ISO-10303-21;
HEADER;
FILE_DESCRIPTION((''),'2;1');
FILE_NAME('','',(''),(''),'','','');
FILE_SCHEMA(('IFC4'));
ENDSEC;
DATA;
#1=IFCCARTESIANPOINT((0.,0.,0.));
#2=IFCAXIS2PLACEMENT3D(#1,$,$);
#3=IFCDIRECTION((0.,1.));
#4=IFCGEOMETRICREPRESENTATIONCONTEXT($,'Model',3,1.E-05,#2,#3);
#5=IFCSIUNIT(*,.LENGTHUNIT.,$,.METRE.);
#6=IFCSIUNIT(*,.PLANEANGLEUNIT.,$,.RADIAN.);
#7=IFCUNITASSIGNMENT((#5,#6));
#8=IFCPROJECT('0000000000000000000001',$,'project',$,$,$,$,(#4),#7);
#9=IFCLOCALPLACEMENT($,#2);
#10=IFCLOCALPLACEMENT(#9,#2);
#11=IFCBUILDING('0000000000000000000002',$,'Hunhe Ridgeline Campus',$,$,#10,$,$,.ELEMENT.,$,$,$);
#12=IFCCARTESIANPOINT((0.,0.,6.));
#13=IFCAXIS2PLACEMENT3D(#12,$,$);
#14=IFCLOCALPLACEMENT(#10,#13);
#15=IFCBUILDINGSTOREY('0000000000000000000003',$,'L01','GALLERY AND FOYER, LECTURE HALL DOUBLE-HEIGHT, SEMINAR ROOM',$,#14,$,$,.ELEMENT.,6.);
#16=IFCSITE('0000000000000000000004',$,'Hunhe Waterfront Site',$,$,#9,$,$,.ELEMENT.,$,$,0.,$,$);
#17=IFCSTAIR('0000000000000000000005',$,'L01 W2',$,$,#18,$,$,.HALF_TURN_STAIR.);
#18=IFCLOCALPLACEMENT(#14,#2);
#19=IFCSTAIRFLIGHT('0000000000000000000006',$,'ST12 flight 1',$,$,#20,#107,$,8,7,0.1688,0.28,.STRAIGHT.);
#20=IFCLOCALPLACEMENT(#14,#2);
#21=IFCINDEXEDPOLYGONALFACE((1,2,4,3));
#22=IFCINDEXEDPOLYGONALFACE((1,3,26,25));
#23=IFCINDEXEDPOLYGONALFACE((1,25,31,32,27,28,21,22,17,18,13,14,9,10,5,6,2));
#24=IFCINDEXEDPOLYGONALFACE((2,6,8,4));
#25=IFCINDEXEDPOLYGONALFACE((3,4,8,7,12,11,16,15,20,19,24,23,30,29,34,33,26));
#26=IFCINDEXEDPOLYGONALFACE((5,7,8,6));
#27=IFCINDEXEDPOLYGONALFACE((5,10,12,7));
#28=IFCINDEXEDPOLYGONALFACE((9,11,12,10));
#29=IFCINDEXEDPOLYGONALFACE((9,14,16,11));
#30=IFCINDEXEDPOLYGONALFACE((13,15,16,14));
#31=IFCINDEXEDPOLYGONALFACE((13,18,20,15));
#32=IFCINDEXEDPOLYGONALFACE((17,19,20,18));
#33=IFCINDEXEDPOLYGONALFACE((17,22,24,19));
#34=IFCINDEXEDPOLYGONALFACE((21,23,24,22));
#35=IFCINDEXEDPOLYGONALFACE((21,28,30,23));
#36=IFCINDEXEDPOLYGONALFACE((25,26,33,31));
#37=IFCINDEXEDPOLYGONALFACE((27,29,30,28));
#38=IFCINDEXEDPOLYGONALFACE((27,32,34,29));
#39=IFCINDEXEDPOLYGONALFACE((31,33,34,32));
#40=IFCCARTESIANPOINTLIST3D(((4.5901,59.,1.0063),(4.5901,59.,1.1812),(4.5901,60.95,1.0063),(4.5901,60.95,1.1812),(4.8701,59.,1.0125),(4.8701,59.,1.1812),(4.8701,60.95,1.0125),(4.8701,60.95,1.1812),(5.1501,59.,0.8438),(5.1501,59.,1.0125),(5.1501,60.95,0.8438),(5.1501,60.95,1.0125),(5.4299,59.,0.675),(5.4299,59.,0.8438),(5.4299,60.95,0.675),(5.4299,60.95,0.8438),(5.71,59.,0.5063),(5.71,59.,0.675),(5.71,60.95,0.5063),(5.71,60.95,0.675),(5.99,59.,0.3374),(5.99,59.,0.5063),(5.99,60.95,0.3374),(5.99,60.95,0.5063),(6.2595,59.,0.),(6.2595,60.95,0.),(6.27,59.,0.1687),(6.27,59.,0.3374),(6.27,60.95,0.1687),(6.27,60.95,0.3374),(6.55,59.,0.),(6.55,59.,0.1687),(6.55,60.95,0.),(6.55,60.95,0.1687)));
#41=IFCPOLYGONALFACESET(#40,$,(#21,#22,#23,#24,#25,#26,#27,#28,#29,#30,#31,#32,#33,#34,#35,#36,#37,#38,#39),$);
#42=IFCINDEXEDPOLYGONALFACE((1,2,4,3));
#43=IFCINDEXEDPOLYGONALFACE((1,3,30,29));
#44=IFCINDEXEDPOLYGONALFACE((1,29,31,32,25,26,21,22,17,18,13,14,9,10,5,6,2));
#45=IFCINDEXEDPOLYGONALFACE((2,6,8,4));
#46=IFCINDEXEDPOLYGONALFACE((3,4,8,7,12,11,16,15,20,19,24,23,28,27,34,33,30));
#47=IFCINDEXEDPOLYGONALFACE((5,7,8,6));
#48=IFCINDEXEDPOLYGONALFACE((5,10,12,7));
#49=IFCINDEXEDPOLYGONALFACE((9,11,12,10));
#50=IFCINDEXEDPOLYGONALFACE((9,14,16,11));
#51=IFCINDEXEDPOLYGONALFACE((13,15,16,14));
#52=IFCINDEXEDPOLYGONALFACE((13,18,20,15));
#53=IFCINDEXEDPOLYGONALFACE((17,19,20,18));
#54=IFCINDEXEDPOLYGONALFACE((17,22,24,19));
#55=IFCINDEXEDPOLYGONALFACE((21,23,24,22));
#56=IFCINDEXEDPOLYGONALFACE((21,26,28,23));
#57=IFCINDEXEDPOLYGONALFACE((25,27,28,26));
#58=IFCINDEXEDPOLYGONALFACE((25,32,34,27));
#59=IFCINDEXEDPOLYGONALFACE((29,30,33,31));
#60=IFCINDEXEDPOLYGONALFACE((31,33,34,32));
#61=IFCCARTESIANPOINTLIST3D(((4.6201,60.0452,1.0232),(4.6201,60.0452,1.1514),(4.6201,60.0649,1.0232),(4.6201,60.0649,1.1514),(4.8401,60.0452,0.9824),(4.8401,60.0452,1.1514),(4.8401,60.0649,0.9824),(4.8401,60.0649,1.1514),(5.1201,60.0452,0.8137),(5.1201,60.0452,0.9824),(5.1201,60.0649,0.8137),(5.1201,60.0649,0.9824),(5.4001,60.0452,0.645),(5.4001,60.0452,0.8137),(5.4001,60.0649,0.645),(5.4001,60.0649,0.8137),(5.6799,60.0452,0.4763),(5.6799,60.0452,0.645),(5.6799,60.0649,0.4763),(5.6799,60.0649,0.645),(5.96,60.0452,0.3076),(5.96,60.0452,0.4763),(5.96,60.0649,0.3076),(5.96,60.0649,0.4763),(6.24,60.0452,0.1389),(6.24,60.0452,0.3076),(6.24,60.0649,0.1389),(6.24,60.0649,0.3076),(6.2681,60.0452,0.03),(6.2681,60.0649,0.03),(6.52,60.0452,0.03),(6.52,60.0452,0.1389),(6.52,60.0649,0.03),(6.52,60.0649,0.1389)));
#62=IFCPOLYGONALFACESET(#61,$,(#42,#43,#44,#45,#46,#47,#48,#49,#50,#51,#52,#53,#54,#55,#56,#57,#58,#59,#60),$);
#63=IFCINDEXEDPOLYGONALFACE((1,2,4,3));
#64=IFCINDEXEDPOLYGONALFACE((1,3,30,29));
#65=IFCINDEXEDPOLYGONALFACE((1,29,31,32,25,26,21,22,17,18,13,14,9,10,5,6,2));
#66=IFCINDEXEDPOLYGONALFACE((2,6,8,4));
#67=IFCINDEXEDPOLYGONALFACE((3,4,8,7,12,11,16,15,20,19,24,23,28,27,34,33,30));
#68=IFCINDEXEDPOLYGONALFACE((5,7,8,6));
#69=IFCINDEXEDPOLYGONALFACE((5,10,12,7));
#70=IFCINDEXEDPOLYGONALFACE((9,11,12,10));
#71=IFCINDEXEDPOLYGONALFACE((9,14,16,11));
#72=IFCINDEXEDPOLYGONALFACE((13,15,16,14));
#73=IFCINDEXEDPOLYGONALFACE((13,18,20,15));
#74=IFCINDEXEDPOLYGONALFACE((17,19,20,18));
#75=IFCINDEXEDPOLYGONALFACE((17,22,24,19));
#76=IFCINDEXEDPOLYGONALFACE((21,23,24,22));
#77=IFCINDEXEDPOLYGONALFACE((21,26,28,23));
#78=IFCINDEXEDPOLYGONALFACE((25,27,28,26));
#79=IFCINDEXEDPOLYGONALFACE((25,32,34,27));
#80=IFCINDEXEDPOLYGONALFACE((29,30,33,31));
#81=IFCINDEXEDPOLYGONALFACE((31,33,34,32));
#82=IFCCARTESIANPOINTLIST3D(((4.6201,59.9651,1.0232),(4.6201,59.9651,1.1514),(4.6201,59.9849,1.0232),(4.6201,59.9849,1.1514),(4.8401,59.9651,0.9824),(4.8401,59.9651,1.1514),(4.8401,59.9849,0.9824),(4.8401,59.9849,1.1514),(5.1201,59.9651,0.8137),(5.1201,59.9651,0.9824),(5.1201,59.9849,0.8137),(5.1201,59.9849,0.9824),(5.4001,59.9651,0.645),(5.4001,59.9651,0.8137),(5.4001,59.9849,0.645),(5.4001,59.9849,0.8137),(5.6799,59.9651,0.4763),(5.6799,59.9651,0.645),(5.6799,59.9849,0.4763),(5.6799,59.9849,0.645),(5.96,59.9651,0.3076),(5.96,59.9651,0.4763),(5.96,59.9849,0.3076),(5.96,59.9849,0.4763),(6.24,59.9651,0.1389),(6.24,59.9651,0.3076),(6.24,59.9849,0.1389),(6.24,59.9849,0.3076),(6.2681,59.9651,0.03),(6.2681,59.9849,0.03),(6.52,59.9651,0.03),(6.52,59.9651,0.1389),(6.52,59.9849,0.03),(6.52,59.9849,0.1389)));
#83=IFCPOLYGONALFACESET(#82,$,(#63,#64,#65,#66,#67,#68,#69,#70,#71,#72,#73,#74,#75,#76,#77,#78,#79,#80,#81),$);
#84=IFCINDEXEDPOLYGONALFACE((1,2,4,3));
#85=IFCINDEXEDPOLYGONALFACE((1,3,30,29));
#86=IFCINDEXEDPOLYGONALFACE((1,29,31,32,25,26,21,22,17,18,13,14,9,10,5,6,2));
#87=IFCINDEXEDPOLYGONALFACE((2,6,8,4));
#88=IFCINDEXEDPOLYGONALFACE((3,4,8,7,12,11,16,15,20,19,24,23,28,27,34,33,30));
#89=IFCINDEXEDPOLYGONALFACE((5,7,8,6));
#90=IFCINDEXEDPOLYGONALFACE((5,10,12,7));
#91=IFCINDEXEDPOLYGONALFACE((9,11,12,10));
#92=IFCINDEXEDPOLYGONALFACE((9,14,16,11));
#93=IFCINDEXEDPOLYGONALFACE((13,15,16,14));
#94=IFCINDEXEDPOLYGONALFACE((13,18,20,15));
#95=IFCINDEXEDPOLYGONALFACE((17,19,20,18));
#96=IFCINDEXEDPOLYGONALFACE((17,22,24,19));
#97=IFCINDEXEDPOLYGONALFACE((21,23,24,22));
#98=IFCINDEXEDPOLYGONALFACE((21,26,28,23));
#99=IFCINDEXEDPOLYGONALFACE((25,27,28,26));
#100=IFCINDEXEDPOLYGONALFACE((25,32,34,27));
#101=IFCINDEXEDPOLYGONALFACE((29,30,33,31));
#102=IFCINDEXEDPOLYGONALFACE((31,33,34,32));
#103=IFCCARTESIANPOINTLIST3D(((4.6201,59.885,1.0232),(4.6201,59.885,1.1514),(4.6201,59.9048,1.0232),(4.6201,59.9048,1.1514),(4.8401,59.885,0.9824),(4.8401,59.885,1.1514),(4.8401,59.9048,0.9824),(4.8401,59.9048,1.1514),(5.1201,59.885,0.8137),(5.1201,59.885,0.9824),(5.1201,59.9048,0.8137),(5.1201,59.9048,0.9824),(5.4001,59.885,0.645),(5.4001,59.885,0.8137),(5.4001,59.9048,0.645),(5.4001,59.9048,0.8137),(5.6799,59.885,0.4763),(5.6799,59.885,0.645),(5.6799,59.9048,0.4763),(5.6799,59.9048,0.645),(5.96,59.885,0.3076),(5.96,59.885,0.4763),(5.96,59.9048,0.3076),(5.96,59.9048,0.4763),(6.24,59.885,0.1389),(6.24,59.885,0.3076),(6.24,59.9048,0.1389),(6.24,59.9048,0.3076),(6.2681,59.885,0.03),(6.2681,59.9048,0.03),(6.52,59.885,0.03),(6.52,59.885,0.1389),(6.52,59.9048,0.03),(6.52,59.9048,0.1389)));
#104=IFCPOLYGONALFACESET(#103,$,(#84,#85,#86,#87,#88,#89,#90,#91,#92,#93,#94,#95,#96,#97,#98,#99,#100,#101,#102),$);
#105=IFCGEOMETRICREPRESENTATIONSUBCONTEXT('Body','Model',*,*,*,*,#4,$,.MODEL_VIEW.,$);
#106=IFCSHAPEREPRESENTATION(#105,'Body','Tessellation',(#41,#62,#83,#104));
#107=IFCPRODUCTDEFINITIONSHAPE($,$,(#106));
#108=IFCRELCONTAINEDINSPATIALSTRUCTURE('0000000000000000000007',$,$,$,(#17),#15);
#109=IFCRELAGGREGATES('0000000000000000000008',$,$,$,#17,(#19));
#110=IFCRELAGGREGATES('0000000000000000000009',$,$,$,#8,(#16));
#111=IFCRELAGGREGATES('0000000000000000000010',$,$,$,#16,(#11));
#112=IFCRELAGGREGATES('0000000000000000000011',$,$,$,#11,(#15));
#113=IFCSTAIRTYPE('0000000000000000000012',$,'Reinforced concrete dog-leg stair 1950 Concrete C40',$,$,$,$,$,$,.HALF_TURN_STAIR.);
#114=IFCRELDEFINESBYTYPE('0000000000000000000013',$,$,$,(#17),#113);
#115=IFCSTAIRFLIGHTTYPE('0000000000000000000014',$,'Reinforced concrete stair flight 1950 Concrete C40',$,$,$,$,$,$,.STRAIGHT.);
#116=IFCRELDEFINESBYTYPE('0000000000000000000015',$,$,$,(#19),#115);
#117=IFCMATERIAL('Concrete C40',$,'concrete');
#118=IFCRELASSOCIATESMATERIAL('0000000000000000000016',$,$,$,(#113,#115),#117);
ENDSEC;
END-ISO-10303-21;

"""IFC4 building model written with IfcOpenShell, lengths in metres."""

from ifc_helpers import new_model, si_unit, direction, frame, origin, place, context, subcontext, project, spatial, polyline, outline, extrude, material, type_object, element, aggregate, save


model = new_model("IFC4")

# Units and contexts
model_context = context("Model", 3, precision=1e-05, world=origin(), true_north=direction((0.0, 1.0)))
body_context = subcontext(model_context, "Body", "Model", "MODEL_VIEW")
ifc_project = project(units=[si_unit("LENGTHUNIT", "METRE"), si_unit("PLANEANGLEUNIT", "RADIAN")], contexts=[model_context])

# Site, building, storey
site_placement = place(None, origin())
site = spatial("IfcSite", under=ifc_project, at=site_placement, Name="Hunhe Waterfront Site", CompositionType="ELEMENT", RefElevation=0.0)
building_placement = place(site_placement, origin())
building = spatial("IfcBuilding", under=site, at=building_placement, Name="Hunhe Ridgeline Campus", CompositionType="ELEMENT")
storey_placement = place(building_placement, frame((0.0, 0.0, 6.0)))
storey = spatial("IfcBuildingStorey", under=building, at=storey_placement, Name="L01", Description="GALLERY AND FOYER, LECTURE HALL DOUBLE-HEIGHT, SEMINAR ROOM", CompositionType="ELEMENT", Elevation=6.0)

# Stair, stair flight
ifc_material_1 = material(Name="Concrete C40", Category="concrete")
stair_type = type_object("IfcStairType", Name="Reinforced concrete dog-leg stair 1950 Concrete C40", PredefinedType="HALF_TURN_STAIR", material=ifc_material_1)
stair_placement = place(storey_placement, origin())
stair = element("IfcStair", 1, at=stair_placement, inside=storey, type_object=stair_type, Name="L01 W2", PredefinedType="HALF_TURN_STAIR")
stair_flight_type = type_object("IfcStairFlightType", Name="Reinforced concrete stair flight 1950 Concrete C40", PredefinedType="STRAIGHT", material=ifc_material_1)
stair_flight_1_placement = place(storey_placement, frame((6.55, 59.9751, 0.0), z_axis=(0.0, 0.0, 1.0), x_axis=(-1.0, 0.0, 0.0)))
stair_flight_1 = element("IfcStairFlight", 2, at=stair_flight_1_placement, type_object=stair_flight_type, Name="ST12 flight 1", NumberOfRisers=8, NumberOfTreads=7, PredefinedType="STRAIGHT", RiserHeight=0.1688, TreadLength=0.28, context=body_context, shape_type="SweptSolid", body=[
    extrude(outline(polyline([(0.0, 0.0), (0.0, 0.1687), (0.28, 0.1687), (0.28, 0.3374), (0.5601, 0.3374), (0.5601, 0.5063), (0.8401, 0.5063), (0.8401, 0.675), (1.1201, 0.675), (1.1201, 0.8438), (1.3999, 0.8438), (1.3999, 1.0125), (1.6799, 1.0125), (1.6799, 1.1812), (1.96, 1.1812), (1.96, 1.3501), (1.96, 1.0063), (0.2905, 0.0), (0.0, 0.0)])), frame((0.0, 0.9751, 0.0), z_axis=(0.0, -1.0, 0.0), x_axis=(1.0, 0.0, 0.0)), (0.0, 0.0, 1.0), 1.95),
    extrude(outline(polyline([(0.03, 0.03), (0.03, 0.1389), (0.3101, 0.1389), (0.3101, 0.3076), (0.5901, 0.3076), (0.5901, 0.4763), (0.8701, 0.4763), (0.8701, 0.645), (1.1499, 0.645), (1.1499, 0.8137), (1.4299, 0.8137), (1.4299, 0.9824), (1.71, 0.9824), (1.71, 1.1514), (1.9299, 1.1514), (1.9299, 1.0232), (0.282, 0.03), (0.03, 0.03)])), frame((0.0, -0.0701, 0.0), z_axis=(0.0, -1.0, 0.0), x_axis=(1.0, 0.0, 0.0)), (0.0, 0.0, 1.0), 0.0198),
    extrude(outline(polyline([(0.03, 0.03), (0.03, 0.1389), (0.3101, 0.1389), (0.3101, 0.3076), (0.5901, 0.3076), (0.5901, 0.4763), (0.8701, 0.4763), (0.8701, 0.645), (1.1499, 0.645), (1.1499, 0.8137), (1.4299, 0.8137), (1.4299, 0.9824), (1.71, 0.9824), (1.71, 1.1514), (1.9299, 1.1514), (1.9299, 1.0232), (0.282, 0.03), (0.03, 0.03)])), frame((0.0, 0.01, 0.0), z_axis=(0.0, -1.0, 0.0), x_axis=(1.0, 0.0, 0.0)), (0.0, 0.0, 1.0), 0.0198),
    extrude(outline(polyline([(0.03, 0.03), (0.03, 0.1389), (0.3101, 0.1389), (0.3101, 0.3076), (0.5901, 0.3076), (0.5901, 0.4763), (0.8701, 0.4763), (0.8701, 0.645), (1.1499, 0.645), (1.1499, 0.8137), (1.4299, 0.8137), (1.4299, 0.9824), (1.71, 0.9824), (1.71, 1.1514), (1.9299, 1.1514), (1.9299, 1.0232), (0.282, 0.03), (0.03, 0.03)])), frame((0.0, 0.0901, 0.0), z_axis=(0.0, -1.0, 0.0), x_axis=(1.0, 0.0, 0.0)), (0.0, 0.0, 1.0), 0.0198),
])
aggregate(stair, [stair_flight_1])

save(model, "model.ifc")
